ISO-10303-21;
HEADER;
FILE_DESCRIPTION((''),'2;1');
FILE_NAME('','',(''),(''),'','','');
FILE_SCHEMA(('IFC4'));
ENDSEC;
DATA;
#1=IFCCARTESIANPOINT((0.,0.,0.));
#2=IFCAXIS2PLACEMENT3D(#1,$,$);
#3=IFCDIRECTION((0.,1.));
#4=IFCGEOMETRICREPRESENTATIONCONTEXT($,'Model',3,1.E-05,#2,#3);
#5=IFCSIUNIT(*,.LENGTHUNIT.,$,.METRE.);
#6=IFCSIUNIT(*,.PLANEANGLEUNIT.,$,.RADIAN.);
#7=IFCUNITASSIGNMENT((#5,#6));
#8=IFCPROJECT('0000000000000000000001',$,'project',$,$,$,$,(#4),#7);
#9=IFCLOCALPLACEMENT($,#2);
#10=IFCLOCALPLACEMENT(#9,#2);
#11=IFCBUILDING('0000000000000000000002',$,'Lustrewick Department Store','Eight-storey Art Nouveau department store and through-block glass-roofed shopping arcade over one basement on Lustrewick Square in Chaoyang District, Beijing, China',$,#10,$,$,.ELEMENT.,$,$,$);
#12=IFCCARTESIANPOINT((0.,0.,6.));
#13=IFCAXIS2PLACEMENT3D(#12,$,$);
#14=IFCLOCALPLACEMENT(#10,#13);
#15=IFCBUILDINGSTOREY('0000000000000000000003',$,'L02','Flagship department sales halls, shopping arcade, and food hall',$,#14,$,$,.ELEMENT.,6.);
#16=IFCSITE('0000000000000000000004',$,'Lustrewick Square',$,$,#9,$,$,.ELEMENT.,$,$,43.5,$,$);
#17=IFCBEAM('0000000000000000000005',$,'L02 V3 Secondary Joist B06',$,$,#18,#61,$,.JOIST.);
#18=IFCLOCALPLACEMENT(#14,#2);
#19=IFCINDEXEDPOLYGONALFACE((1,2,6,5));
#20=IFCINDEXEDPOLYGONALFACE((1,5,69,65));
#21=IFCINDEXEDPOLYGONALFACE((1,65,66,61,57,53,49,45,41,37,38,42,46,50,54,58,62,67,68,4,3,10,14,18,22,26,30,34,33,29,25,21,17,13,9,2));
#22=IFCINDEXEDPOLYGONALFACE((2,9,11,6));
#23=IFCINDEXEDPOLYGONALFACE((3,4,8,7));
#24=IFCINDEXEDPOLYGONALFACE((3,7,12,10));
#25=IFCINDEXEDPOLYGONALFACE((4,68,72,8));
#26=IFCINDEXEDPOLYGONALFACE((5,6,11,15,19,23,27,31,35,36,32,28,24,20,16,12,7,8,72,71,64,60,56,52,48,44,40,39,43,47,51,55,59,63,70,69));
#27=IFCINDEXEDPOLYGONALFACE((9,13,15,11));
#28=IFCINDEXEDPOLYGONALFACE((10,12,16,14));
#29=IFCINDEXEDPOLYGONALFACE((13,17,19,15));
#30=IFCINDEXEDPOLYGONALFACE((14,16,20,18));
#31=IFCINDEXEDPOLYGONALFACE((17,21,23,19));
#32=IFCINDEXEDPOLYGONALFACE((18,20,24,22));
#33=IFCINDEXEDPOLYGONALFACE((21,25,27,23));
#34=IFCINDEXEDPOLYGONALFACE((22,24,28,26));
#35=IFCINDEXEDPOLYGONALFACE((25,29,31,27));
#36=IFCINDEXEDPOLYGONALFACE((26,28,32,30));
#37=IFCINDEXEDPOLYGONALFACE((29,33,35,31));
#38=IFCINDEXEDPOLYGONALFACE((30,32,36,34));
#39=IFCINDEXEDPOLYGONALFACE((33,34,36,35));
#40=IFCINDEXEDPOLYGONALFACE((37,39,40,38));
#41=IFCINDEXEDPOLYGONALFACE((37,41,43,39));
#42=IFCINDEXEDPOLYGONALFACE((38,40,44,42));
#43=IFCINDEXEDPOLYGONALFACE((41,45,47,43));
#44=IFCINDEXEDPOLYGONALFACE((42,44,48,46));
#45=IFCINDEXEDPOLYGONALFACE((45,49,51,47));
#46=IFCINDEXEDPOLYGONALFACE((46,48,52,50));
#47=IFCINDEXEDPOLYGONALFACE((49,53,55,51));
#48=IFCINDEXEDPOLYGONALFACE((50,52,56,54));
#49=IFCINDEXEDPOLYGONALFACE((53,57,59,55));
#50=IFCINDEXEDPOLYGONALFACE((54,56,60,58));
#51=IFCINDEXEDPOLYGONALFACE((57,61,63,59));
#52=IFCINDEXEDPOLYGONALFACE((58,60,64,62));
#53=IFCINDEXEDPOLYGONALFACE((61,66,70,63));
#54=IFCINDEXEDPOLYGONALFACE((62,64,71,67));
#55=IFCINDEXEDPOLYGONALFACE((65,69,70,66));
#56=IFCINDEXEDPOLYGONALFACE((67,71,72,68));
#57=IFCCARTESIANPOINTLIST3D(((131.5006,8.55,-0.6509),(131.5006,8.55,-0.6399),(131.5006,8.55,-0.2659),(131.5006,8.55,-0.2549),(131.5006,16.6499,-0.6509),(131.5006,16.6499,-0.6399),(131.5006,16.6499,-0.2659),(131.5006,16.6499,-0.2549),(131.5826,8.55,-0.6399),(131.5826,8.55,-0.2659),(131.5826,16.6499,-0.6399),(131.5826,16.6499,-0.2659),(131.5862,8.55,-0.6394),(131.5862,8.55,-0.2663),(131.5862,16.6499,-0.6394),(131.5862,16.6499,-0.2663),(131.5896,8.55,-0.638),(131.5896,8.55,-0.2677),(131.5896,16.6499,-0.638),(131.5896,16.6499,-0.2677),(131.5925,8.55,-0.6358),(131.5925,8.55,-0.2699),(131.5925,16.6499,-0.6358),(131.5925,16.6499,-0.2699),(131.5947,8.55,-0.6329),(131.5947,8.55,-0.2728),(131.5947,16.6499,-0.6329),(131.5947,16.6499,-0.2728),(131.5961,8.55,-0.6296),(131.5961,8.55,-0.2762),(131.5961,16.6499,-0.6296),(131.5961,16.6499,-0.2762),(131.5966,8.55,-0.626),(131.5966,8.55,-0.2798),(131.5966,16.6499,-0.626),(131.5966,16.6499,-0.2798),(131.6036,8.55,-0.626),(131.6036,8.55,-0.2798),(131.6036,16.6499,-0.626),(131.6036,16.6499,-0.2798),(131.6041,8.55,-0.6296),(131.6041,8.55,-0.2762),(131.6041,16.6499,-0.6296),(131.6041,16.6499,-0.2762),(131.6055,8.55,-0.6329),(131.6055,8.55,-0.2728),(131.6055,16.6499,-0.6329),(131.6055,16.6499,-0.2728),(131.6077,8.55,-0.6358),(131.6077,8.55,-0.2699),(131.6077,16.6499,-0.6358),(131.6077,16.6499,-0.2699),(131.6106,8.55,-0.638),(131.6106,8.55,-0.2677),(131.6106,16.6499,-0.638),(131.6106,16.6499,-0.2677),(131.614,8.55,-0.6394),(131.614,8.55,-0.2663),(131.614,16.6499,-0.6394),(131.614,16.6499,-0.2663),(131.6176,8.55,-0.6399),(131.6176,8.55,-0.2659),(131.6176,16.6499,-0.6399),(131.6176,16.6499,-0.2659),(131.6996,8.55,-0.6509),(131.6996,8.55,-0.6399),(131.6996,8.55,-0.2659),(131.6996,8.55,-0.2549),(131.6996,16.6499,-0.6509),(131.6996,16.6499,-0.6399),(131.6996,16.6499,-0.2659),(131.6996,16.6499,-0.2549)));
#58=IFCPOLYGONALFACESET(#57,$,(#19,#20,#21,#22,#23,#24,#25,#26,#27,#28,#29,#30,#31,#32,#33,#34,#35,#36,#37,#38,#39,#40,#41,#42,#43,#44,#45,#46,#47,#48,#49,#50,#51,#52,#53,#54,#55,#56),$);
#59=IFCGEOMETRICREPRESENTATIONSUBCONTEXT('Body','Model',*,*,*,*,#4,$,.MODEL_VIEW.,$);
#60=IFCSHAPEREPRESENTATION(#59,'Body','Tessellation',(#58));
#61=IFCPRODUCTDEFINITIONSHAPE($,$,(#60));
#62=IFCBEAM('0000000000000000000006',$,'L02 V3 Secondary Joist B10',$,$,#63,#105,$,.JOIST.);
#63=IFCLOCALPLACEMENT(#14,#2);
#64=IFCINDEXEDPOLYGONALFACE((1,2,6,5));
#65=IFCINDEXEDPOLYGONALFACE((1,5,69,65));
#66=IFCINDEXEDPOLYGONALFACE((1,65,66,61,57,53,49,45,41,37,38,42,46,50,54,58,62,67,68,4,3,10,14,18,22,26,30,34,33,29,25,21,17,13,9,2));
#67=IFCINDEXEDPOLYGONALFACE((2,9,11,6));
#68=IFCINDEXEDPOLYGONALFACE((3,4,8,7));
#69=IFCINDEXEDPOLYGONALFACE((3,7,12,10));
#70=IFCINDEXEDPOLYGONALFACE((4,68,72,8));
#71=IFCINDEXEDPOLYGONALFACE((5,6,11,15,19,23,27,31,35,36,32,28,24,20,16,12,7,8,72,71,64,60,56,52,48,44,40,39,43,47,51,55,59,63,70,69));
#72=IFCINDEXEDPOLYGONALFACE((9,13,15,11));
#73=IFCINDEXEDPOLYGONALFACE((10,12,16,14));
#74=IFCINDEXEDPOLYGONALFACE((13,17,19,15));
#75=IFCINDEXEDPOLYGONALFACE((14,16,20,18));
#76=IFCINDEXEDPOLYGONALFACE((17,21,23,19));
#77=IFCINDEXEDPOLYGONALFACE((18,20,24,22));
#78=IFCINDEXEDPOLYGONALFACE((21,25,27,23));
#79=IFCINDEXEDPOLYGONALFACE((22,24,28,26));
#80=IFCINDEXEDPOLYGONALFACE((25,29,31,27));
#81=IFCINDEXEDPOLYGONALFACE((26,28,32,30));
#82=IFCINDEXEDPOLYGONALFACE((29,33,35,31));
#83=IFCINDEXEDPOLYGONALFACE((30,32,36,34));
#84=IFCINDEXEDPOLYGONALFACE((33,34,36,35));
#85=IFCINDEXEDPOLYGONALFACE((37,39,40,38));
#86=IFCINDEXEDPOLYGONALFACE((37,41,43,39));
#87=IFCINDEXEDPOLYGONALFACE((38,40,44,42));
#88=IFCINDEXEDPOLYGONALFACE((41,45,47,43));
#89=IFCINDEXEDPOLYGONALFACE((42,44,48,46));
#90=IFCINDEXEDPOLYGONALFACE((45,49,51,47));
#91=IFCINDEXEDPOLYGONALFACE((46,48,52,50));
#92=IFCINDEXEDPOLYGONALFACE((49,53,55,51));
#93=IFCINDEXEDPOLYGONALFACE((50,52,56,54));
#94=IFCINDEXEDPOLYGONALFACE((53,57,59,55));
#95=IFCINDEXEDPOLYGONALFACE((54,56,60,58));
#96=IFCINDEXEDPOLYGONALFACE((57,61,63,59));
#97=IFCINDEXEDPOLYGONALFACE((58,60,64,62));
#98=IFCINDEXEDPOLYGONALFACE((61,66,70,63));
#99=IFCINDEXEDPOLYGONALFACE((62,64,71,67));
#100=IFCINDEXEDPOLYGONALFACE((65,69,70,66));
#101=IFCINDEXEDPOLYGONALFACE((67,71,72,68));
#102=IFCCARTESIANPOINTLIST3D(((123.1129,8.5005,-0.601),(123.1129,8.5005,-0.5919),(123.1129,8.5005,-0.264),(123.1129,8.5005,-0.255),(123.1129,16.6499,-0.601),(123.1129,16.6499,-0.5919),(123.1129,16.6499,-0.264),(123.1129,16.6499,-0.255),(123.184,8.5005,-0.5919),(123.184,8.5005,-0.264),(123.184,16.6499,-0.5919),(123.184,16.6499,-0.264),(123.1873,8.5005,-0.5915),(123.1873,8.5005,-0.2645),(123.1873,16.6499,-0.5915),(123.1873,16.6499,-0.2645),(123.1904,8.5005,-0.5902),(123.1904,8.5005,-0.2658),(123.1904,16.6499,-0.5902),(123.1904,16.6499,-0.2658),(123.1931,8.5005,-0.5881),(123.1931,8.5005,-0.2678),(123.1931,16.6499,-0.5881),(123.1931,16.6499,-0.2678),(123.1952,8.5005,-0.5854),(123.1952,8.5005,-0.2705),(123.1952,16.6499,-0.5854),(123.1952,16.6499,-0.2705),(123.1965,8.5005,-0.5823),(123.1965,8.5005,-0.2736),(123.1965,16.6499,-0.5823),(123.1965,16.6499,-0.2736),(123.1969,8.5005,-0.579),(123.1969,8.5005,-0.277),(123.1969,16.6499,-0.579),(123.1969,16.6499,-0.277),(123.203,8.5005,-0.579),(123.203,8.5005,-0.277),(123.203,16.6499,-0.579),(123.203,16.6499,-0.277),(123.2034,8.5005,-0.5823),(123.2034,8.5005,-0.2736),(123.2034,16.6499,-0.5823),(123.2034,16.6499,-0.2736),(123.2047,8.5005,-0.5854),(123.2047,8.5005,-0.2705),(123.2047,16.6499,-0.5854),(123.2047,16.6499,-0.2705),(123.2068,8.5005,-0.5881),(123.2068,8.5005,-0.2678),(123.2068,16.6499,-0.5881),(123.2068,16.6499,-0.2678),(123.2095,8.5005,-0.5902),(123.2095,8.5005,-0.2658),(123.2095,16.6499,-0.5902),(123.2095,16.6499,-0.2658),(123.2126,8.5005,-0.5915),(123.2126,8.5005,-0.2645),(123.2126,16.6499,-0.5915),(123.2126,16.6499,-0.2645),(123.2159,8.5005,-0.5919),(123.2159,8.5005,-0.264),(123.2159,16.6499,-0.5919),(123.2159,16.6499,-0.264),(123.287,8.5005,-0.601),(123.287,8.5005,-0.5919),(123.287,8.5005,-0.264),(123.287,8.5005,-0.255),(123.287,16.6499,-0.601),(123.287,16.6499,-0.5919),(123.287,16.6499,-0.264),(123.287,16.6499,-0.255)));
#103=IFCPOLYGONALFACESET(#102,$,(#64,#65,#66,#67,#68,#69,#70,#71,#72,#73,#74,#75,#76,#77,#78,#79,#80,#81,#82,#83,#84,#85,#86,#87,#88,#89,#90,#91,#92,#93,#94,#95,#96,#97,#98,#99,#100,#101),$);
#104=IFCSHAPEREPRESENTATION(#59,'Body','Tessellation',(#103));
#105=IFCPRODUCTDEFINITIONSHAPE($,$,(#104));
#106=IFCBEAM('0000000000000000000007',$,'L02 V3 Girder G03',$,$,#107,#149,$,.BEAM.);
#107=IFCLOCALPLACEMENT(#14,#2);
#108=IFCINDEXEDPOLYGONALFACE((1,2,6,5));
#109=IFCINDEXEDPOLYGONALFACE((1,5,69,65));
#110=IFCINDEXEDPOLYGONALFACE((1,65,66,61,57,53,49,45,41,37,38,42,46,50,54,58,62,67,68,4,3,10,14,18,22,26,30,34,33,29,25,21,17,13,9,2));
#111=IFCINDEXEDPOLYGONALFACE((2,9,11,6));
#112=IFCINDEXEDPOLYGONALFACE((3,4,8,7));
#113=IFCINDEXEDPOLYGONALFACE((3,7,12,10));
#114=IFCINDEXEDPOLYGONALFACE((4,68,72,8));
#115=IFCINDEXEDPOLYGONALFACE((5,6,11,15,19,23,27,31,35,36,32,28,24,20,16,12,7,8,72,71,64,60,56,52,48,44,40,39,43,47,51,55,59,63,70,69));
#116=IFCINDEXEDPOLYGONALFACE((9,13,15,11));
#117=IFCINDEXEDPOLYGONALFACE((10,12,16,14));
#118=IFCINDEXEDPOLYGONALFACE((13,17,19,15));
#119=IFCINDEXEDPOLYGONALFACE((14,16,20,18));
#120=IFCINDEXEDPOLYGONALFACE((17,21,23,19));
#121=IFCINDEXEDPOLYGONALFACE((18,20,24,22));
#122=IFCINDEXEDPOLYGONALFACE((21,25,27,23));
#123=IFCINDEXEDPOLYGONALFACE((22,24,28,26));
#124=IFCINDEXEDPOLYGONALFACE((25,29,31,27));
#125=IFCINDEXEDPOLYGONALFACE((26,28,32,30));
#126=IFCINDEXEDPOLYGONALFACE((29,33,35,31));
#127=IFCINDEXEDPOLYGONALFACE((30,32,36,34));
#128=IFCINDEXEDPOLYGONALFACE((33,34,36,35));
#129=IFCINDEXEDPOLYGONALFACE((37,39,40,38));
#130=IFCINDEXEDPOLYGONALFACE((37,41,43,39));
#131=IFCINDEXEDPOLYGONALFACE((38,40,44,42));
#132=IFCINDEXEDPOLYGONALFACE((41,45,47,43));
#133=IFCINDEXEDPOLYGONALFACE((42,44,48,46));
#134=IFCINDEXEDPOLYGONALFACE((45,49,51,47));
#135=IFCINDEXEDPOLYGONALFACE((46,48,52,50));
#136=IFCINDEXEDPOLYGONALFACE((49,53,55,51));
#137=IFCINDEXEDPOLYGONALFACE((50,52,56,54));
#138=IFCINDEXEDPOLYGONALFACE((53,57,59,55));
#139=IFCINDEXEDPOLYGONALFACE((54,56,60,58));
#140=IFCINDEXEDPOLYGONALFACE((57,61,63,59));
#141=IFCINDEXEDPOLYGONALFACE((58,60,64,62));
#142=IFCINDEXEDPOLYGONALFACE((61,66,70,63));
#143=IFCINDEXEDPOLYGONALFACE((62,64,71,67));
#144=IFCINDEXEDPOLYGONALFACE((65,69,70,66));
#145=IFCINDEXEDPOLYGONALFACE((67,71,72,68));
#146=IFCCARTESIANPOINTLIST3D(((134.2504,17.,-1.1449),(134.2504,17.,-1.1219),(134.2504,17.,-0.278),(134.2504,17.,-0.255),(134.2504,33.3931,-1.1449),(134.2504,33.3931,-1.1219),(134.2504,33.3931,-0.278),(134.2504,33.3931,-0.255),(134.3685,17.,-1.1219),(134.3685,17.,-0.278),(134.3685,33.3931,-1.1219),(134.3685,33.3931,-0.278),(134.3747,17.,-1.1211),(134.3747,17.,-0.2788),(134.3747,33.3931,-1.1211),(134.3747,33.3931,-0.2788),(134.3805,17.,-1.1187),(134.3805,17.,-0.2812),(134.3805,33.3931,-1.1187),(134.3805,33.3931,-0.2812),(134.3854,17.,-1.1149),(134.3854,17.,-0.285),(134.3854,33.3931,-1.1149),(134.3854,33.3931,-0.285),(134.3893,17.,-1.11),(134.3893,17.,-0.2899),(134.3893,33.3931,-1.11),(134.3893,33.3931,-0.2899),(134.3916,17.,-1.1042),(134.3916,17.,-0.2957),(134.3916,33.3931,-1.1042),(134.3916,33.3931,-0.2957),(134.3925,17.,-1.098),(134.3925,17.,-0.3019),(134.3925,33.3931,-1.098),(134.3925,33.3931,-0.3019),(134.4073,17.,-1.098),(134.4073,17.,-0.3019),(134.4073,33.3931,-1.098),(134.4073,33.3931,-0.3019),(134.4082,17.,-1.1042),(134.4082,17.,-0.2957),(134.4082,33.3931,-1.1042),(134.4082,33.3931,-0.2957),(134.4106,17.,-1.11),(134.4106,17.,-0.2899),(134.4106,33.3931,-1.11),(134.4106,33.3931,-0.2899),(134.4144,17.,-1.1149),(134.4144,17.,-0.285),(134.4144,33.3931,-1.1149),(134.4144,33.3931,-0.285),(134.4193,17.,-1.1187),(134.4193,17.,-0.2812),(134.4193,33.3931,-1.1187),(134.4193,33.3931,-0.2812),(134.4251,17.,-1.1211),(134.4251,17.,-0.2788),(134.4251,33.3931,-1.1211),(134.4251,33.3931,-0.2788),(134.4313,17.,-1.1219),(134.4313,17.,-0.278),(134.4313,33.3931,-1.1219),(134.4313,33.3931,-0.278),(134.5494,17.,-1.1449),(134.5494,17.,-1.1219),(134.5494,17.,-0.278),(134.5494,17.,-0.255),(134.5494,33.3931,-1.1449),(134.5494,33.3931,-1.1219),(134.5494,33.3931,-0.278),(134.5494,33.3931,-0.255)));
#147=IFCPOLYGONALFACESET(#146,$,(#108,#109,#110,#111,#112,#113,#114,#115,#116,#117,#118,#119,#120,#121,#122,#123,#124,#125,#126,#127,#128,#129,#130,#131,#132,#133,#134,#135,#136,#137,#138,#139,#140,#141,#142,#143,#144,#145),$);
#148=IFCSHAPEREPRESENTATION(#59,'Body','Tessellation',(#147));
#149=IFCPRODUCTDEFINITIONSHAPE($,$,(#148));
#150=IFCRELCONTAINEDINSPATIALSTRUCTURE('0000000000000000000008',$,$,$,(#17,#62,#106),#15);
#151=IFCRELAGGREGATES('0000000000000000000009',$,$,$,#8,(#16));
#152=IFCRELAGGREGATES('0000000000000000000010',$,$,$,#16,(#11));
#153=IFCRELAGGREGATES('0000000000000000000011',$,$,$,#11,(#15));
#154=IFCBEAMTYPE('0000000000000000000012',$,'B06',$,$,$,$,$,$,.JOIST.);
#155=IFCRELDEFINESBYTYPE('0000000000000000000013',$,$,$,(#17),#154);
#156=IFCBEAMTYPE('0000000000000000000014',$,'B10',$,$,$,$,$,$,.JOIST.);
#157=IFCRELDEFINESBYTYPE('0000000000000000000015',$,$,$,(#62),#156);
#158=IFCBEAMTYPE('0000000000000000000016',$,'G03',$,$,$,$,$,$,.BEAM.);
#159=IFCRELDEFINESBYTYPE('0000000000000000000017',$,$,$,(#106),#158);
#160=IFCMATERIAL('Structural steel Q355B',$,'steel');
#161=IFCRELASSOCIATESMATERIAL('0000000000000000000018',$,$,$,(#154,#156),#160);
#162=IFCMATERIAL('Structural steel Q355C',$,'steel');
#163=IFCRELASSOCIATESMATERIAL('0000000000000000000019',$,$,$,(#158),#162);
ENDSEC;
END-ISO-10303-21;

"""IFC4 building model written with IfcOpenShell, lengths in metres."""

from ifc_helpers import new_model, si_unit, direction, frame, origin, origin_2d, place, context, subcontext, project, spatial, i_section, extrude, material, material_profile, profile_set, type_object, element, save


model = new_model("IFC4")

# Units and contexts
model_context = context("Model", 3, precision=1e-05, world=origin(), true_north=direction((0.0, 1.0)))
body_context = subcontext(model_context, "Body", "Model", "MODEL_VIEW")
ifc_project = project(units=[si_unit("LENGTHUNIT", "METRE"), si_unit("PLANEANGLEUNIT", "RADIAN")], contexts=[model_context])

# Site, building, storey
site_placement = place(None, origin())
site = spatial("IfcSite", under=ifc_project, at=site_placement, Name="Lustrewick Square", CompositionType="ELEMENT", RefElevation=43.5)
building_placement = place(site_placement, origin())
building = spatial("IfcBuilding", under=site, at=building_placement, Name="Lustrewick Department Store", Description="Eight-storey Art Nouveau department store and through-block glass-roofed shopping arcade over one basement on Lustrewick Square in Chaoyang District, Beijing, China", CompositionType="ELEMENT")
storey_placement = place(building_placement, frame((0.0, 0.0, 6.0)))
storey = spatial("IfcBuildingStorey", under=building, at=storey_placement, Name="L02", Description="Flagship department sales halls, shopping arcade, and food hall", CompositionType="ELEMENT", Elevation=6.0)

# Shared definitions
ifc_material_1 = material(Name="Structural steel Q355C", Category="steel")

# Beams
ifc_material_2 = material(Name="Structural steel Q355B", Category="steel")
ifc_material_profile_1 = material_profile(ifc_material_2, i_section(OverallWidth=0.199, OverallDepth=0.396, WebThickness=0.0071, FlangeThickness=0.011, FilletRadius=0.0139, at=origin_2d()), Name="HN 396x199x7x11")
ifc_profile_set_1 = profile_set([ifc_material_profile_1], Name="Structural steel Q355B")
beam_type_1 = type_object("IfcBeamType", Name="B06", PredefinedType="JOIST", material=ifc_profile_set_1)
beam_1_placement = place(storey_placement, frame((131.6001, 8.55, -0.4529), z_axis=(0.0, 1.0, 0.0), x_axis=(-1.0, 0.0, 0.0)))
element("IfcBeam", 1, at=beam_1_placement, inside=storey, type_object=beam_type_1, Name="L02 V3 Secondary Joist B06", PredefinedType="JOIST", context=body_context, shape_type="SweptSolid", body=[
    extrude(i_section(OverallWidth=0.199, OverallDepth=0.396, WebThickness=0.0071, FlangeThickness=0.011, FilletRadius=0.0139, at=origin_2d()), origin(), (0.0, 0.0, 1.0), 8.0999),
])
ifc_material_profile_2 = material_profile(ifc_material_2, i_section(OverallWidth=0.1741, OverallDepth=0.3459, WebThickness=0.0061, FlangeThickness=0.009, FilletRadius=0.0129, at=origin_2d()), Name="HN 346x174x6x9")
ifc_profile_set_2 = profile_set([ifc_material_profile_2], Name="Structural steel Q355B")
beam_type_2 = type_object("IfcBeamType", Name="B10", PredefinedType="JOIST", material=ifc_profile_set_2)
beam_2_placement = place(storey_placement, frame((123.2, 8.5005, -0.428), z_axis=(0.0, 1.0, 0.0), x_axis=(-1.0, 0.0, 0.0)))
element("IfcBeam", 2, at=beam_2_placement, inside=storey, type_object=beam_type_2, Name="L02 V3 Secondary Joist B10", PredefinedType="JOIST", context=body_context, shape_type="SweptSolid", body=[
    extrude(i_section(OverallWidth=0.1741, OverallDepth=0.3459, WebThickness=0.0061, FlangeThickness=0.009, FilletRadius=0.0129, at=origin_2d()), origin(), (0.0, 0.0, 1.0), 8.1494),
])
ifc_material_profile_3 = material_profile(ifc_material_1, i_section(OverallWidth=0.2991, OverallDepth=0.8899, WebThickness=0.0149, FlangeThickness=0.0229, FilletRadius=0.0239, at=origin_2d()), Name="HN 890x299x15x23")
ifc_profile_set_3 = profile_set([ifc_material_profile_3], Name="Structural steel Q355C")
beam_type_3 = type_object("IfcBeamType", Name="G03", PredefinedType="BEAM", material=ifc_profile_set_3)
beam_3_placement = place(storey_placement, frame((134.3999, 17.0, -0.7), z_axis=(0.0, 1.0, 0.0), x_axis=(-1.0, 0.0, 0.0)))
element("IfcBeam", 3, at=beam_3_placement, inside=storey, type_object=beam_type_3, Name="L02 V3 Girder G03", PredefinedType="BEAM", context=body_context, shape_type="SweptSolid", body=[
    extrude(i_section(OverallWidth=0.2991, OverallDepth=0.8899, WebThickness=0.0149, FlangeThickness=0.0229, FilletRadius=0.0239, at=origin_2d()), origin(), (0.0, 0.0, 1.0), 16.3931),
])

save(model, "model.ifc")
